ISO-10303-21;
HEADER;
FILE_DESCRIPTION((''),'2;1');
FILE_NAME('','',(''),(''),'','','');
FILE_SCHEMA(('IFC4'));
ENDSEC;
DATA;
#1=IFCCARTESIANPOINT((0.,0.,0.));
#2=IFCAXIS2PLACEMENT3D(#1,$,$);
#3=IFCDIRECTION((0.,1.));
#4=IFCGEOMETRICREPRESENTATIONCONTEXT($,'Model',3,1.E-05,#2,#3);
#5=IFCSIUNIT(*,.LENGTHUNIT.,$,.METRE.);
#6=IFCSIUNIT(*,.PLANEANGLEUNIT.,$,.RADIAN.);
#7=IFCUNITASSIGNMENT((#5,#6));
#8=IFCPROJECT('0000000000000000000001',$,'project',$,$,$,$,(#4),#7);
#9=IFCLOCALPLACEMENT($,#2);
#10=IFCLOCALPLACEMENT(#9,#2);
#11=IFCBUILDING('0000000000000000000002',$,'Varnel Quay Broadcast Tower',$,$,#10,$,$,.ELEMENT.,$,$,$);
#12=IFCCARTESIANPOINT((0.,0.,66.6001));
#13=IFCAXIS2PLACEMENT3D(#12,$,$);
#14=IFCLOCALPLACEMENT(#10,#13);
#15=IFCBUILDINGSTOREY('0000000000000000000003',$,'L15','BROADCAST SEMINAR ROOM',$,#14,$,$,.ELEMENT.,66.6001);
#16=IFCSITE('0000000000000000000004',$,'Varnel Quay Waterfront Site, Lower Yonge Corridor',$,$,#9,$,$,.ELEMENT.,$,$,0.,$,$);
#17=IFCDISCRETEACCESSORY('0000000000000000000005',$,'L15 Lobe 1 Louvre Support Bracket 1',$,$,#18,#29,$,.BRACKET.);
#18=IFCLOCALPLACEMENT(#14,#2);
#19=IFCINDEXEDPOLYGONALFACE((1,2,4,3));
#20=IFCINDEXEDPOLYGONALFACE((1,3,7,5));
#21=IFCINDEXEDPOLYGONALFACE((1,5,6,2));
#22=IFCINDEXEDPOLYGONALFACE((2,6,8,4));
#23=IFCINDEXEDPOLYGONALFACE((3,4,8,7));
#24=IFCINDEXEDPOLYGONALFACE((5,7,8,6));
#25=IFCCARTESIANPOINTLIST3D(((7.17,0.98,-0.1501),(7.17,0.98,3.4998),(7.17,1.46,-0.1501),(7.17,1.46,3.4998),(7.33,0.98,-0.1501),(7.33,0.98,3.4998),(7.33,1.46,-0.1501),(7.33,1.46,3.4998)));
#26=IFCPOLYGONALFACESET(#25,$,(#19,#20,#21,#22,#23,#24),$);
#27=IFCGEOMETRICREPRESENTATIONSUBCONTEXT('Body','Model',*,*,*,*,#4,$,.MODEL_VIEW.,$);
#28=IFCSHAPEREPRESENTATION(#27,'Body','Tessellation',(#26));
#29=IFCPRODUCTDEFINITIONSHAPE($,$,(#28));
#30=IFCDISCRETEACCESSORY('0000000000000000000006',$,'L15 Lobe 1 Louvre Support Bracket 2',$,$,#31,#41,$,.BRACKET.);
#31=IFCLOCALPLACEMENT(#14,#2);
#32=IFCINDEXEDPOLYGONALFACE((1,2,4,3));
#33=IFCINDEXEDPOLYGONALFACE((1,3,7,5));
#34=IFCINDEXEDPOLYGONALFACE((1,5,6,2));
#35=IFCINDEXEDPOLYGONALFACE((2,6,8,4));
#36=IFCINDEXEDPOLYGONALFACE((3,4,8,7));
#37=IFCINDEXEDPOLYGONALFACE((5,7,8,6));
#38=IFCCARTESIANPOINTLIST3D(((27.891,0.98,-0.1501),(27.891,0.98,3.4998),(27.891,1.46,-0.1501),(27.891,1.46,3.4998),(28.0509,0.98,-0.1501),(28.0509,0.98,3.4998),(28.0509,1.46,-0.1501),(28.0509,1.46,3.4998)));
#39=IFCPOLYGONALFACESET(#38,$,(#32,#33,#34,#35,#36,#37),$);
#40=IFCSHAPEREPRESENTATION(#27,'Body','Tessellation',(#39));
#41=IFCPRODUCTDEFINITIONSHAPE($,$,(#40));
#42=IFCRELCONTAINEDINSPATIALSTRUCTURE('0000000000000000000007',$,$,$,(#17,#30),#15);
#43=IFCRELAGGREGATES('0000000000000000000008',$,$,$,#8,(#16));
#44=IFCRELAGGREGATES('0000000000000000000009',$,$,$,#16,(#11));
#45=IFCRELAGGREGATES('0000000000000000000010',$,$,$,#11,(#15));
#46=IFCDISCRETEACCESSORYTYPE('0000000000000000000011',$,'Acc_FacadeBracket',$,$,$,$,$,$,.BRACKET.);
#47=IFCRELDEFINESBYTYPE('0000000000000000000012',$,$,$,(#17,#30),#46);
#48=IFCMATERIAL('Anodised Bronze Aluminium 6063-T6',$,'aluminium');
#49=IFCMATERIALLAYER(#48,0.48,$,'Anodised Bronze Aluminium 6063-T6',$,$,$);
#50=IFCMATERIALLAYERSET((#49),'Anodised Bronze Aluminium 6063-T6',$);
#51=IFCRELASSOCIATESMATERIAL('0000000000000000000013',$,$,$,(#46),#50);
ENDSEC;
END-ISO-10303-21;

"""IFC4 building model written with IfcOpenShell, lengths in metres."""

from ifc_helpers import new_model, si_unit, direction, frame, origin, origin_2d, place, context, subcontext, project, spatial, rectangle, extrude, source, transform, mapped, material, layer, layer_set, type_object, type_shapes, element, save


model = new_model("IFC4")

# Units and contexts
model_context = context("Model", 3, precision=1e-05, world=origin(), true_north=direction((0.0, 1.0)))
body_context = subcontext(model_context, "Body", "Model", "MODEL_VIEW")
ifc_project = project(units=[si_unit("LENGTHUNIT", "METRE"), si_unit("PLANEANGLEUNIT", "RADIAN")], contexts=[model_context])

# Site, building, storey
site_placement = place(None, origin())
site = spatial("IfcSite", under=ifc_project, at=site_placement, Name="Varnel Quay Waterfront Site, Lower Yonge Corridor", CompositionType="ELEMENT", RefElevation=0.0)
building_placement = place(site_placement, origin())
building = spatial("IfcBuilding", under=site, at=building_placement, Name="Varnel Quay Broadcast Tower", CompositionType="ELEMENT")
storey_placement = place(building_placement, frame((0.0, 0.0, 66.6001)))
storey = spatial("IfcBuildingStorey", under=building, at=storey_placement, Name="L15", Description="BROADCAST SEMINAR ROOM", CompositionType="ELEMENT", Elevation=66.6001)

# Shared definitions
ifc_material_1 = material(Name="Anodised Bronze Aluminium 6063-T6", Category="aluminium")

# Discrete accessories
ifc_layer_1 = layer(ifc_material_1, 0.48, Name="Anodised Bronze Aluminium 6063-T6")
ifc_layer_set_1 = layer_set([ifc_layer_1], Name="Anodised Bronze Aluminium 6063-T6")
discrete_accessory_type = type_object("IfcDiscreteAccessoryType", Name="Acc_FacadeBracket", PredefinedType="BRACKET", material=ifc_layer_set_1)
shared_shape_1 = source(origin(), body_context, "Body", "SweptSolid", [
    extrude(rectangle(XDim=0.1599, YDim=0.48, at=origin_2d()), origin(), (0.0, 0.0, 1.0), 3.6499),
])
type_shapes(discrete_accessory_type, [shared_shape_1])
for number, where, z_axis, x_axis, name in (
    (1, (7.25, 1.22, -0.1501), (0.0, 0.0, 1.0), (1.0, 0.0, 0.0), "L15 Lobe 1 Louvre Support Bracket 1"),
    (2, (27.9709, 1.22, -0.1501), (0.0, 0.0, 1.0), (1.0, 0.0, 0.0), "L15 Lobe 1 Louvre Support Bracket 2"),
):
    element("IfcDiscreteAccessory", number, at=place(storey_placement, frame(where, z_axis=z_axis, x_axis=x_axis)), inside=storey, type_object=discrete_accessory_type, Name=name, PredefinedType="BRACKET", context=body_context, shape_type="MappedRepresentation", body=[
        mapped(shared_shape_1, transform((0.0, 0.0, 0.0), x_axis=(1.0, 0.0, 0.0), y_axis=(0.0, 1.0, 0.0), z_axis=(0.0, 0.0, 1.0), scale=1.0)),
    ])

save(model, "model.ifc")
